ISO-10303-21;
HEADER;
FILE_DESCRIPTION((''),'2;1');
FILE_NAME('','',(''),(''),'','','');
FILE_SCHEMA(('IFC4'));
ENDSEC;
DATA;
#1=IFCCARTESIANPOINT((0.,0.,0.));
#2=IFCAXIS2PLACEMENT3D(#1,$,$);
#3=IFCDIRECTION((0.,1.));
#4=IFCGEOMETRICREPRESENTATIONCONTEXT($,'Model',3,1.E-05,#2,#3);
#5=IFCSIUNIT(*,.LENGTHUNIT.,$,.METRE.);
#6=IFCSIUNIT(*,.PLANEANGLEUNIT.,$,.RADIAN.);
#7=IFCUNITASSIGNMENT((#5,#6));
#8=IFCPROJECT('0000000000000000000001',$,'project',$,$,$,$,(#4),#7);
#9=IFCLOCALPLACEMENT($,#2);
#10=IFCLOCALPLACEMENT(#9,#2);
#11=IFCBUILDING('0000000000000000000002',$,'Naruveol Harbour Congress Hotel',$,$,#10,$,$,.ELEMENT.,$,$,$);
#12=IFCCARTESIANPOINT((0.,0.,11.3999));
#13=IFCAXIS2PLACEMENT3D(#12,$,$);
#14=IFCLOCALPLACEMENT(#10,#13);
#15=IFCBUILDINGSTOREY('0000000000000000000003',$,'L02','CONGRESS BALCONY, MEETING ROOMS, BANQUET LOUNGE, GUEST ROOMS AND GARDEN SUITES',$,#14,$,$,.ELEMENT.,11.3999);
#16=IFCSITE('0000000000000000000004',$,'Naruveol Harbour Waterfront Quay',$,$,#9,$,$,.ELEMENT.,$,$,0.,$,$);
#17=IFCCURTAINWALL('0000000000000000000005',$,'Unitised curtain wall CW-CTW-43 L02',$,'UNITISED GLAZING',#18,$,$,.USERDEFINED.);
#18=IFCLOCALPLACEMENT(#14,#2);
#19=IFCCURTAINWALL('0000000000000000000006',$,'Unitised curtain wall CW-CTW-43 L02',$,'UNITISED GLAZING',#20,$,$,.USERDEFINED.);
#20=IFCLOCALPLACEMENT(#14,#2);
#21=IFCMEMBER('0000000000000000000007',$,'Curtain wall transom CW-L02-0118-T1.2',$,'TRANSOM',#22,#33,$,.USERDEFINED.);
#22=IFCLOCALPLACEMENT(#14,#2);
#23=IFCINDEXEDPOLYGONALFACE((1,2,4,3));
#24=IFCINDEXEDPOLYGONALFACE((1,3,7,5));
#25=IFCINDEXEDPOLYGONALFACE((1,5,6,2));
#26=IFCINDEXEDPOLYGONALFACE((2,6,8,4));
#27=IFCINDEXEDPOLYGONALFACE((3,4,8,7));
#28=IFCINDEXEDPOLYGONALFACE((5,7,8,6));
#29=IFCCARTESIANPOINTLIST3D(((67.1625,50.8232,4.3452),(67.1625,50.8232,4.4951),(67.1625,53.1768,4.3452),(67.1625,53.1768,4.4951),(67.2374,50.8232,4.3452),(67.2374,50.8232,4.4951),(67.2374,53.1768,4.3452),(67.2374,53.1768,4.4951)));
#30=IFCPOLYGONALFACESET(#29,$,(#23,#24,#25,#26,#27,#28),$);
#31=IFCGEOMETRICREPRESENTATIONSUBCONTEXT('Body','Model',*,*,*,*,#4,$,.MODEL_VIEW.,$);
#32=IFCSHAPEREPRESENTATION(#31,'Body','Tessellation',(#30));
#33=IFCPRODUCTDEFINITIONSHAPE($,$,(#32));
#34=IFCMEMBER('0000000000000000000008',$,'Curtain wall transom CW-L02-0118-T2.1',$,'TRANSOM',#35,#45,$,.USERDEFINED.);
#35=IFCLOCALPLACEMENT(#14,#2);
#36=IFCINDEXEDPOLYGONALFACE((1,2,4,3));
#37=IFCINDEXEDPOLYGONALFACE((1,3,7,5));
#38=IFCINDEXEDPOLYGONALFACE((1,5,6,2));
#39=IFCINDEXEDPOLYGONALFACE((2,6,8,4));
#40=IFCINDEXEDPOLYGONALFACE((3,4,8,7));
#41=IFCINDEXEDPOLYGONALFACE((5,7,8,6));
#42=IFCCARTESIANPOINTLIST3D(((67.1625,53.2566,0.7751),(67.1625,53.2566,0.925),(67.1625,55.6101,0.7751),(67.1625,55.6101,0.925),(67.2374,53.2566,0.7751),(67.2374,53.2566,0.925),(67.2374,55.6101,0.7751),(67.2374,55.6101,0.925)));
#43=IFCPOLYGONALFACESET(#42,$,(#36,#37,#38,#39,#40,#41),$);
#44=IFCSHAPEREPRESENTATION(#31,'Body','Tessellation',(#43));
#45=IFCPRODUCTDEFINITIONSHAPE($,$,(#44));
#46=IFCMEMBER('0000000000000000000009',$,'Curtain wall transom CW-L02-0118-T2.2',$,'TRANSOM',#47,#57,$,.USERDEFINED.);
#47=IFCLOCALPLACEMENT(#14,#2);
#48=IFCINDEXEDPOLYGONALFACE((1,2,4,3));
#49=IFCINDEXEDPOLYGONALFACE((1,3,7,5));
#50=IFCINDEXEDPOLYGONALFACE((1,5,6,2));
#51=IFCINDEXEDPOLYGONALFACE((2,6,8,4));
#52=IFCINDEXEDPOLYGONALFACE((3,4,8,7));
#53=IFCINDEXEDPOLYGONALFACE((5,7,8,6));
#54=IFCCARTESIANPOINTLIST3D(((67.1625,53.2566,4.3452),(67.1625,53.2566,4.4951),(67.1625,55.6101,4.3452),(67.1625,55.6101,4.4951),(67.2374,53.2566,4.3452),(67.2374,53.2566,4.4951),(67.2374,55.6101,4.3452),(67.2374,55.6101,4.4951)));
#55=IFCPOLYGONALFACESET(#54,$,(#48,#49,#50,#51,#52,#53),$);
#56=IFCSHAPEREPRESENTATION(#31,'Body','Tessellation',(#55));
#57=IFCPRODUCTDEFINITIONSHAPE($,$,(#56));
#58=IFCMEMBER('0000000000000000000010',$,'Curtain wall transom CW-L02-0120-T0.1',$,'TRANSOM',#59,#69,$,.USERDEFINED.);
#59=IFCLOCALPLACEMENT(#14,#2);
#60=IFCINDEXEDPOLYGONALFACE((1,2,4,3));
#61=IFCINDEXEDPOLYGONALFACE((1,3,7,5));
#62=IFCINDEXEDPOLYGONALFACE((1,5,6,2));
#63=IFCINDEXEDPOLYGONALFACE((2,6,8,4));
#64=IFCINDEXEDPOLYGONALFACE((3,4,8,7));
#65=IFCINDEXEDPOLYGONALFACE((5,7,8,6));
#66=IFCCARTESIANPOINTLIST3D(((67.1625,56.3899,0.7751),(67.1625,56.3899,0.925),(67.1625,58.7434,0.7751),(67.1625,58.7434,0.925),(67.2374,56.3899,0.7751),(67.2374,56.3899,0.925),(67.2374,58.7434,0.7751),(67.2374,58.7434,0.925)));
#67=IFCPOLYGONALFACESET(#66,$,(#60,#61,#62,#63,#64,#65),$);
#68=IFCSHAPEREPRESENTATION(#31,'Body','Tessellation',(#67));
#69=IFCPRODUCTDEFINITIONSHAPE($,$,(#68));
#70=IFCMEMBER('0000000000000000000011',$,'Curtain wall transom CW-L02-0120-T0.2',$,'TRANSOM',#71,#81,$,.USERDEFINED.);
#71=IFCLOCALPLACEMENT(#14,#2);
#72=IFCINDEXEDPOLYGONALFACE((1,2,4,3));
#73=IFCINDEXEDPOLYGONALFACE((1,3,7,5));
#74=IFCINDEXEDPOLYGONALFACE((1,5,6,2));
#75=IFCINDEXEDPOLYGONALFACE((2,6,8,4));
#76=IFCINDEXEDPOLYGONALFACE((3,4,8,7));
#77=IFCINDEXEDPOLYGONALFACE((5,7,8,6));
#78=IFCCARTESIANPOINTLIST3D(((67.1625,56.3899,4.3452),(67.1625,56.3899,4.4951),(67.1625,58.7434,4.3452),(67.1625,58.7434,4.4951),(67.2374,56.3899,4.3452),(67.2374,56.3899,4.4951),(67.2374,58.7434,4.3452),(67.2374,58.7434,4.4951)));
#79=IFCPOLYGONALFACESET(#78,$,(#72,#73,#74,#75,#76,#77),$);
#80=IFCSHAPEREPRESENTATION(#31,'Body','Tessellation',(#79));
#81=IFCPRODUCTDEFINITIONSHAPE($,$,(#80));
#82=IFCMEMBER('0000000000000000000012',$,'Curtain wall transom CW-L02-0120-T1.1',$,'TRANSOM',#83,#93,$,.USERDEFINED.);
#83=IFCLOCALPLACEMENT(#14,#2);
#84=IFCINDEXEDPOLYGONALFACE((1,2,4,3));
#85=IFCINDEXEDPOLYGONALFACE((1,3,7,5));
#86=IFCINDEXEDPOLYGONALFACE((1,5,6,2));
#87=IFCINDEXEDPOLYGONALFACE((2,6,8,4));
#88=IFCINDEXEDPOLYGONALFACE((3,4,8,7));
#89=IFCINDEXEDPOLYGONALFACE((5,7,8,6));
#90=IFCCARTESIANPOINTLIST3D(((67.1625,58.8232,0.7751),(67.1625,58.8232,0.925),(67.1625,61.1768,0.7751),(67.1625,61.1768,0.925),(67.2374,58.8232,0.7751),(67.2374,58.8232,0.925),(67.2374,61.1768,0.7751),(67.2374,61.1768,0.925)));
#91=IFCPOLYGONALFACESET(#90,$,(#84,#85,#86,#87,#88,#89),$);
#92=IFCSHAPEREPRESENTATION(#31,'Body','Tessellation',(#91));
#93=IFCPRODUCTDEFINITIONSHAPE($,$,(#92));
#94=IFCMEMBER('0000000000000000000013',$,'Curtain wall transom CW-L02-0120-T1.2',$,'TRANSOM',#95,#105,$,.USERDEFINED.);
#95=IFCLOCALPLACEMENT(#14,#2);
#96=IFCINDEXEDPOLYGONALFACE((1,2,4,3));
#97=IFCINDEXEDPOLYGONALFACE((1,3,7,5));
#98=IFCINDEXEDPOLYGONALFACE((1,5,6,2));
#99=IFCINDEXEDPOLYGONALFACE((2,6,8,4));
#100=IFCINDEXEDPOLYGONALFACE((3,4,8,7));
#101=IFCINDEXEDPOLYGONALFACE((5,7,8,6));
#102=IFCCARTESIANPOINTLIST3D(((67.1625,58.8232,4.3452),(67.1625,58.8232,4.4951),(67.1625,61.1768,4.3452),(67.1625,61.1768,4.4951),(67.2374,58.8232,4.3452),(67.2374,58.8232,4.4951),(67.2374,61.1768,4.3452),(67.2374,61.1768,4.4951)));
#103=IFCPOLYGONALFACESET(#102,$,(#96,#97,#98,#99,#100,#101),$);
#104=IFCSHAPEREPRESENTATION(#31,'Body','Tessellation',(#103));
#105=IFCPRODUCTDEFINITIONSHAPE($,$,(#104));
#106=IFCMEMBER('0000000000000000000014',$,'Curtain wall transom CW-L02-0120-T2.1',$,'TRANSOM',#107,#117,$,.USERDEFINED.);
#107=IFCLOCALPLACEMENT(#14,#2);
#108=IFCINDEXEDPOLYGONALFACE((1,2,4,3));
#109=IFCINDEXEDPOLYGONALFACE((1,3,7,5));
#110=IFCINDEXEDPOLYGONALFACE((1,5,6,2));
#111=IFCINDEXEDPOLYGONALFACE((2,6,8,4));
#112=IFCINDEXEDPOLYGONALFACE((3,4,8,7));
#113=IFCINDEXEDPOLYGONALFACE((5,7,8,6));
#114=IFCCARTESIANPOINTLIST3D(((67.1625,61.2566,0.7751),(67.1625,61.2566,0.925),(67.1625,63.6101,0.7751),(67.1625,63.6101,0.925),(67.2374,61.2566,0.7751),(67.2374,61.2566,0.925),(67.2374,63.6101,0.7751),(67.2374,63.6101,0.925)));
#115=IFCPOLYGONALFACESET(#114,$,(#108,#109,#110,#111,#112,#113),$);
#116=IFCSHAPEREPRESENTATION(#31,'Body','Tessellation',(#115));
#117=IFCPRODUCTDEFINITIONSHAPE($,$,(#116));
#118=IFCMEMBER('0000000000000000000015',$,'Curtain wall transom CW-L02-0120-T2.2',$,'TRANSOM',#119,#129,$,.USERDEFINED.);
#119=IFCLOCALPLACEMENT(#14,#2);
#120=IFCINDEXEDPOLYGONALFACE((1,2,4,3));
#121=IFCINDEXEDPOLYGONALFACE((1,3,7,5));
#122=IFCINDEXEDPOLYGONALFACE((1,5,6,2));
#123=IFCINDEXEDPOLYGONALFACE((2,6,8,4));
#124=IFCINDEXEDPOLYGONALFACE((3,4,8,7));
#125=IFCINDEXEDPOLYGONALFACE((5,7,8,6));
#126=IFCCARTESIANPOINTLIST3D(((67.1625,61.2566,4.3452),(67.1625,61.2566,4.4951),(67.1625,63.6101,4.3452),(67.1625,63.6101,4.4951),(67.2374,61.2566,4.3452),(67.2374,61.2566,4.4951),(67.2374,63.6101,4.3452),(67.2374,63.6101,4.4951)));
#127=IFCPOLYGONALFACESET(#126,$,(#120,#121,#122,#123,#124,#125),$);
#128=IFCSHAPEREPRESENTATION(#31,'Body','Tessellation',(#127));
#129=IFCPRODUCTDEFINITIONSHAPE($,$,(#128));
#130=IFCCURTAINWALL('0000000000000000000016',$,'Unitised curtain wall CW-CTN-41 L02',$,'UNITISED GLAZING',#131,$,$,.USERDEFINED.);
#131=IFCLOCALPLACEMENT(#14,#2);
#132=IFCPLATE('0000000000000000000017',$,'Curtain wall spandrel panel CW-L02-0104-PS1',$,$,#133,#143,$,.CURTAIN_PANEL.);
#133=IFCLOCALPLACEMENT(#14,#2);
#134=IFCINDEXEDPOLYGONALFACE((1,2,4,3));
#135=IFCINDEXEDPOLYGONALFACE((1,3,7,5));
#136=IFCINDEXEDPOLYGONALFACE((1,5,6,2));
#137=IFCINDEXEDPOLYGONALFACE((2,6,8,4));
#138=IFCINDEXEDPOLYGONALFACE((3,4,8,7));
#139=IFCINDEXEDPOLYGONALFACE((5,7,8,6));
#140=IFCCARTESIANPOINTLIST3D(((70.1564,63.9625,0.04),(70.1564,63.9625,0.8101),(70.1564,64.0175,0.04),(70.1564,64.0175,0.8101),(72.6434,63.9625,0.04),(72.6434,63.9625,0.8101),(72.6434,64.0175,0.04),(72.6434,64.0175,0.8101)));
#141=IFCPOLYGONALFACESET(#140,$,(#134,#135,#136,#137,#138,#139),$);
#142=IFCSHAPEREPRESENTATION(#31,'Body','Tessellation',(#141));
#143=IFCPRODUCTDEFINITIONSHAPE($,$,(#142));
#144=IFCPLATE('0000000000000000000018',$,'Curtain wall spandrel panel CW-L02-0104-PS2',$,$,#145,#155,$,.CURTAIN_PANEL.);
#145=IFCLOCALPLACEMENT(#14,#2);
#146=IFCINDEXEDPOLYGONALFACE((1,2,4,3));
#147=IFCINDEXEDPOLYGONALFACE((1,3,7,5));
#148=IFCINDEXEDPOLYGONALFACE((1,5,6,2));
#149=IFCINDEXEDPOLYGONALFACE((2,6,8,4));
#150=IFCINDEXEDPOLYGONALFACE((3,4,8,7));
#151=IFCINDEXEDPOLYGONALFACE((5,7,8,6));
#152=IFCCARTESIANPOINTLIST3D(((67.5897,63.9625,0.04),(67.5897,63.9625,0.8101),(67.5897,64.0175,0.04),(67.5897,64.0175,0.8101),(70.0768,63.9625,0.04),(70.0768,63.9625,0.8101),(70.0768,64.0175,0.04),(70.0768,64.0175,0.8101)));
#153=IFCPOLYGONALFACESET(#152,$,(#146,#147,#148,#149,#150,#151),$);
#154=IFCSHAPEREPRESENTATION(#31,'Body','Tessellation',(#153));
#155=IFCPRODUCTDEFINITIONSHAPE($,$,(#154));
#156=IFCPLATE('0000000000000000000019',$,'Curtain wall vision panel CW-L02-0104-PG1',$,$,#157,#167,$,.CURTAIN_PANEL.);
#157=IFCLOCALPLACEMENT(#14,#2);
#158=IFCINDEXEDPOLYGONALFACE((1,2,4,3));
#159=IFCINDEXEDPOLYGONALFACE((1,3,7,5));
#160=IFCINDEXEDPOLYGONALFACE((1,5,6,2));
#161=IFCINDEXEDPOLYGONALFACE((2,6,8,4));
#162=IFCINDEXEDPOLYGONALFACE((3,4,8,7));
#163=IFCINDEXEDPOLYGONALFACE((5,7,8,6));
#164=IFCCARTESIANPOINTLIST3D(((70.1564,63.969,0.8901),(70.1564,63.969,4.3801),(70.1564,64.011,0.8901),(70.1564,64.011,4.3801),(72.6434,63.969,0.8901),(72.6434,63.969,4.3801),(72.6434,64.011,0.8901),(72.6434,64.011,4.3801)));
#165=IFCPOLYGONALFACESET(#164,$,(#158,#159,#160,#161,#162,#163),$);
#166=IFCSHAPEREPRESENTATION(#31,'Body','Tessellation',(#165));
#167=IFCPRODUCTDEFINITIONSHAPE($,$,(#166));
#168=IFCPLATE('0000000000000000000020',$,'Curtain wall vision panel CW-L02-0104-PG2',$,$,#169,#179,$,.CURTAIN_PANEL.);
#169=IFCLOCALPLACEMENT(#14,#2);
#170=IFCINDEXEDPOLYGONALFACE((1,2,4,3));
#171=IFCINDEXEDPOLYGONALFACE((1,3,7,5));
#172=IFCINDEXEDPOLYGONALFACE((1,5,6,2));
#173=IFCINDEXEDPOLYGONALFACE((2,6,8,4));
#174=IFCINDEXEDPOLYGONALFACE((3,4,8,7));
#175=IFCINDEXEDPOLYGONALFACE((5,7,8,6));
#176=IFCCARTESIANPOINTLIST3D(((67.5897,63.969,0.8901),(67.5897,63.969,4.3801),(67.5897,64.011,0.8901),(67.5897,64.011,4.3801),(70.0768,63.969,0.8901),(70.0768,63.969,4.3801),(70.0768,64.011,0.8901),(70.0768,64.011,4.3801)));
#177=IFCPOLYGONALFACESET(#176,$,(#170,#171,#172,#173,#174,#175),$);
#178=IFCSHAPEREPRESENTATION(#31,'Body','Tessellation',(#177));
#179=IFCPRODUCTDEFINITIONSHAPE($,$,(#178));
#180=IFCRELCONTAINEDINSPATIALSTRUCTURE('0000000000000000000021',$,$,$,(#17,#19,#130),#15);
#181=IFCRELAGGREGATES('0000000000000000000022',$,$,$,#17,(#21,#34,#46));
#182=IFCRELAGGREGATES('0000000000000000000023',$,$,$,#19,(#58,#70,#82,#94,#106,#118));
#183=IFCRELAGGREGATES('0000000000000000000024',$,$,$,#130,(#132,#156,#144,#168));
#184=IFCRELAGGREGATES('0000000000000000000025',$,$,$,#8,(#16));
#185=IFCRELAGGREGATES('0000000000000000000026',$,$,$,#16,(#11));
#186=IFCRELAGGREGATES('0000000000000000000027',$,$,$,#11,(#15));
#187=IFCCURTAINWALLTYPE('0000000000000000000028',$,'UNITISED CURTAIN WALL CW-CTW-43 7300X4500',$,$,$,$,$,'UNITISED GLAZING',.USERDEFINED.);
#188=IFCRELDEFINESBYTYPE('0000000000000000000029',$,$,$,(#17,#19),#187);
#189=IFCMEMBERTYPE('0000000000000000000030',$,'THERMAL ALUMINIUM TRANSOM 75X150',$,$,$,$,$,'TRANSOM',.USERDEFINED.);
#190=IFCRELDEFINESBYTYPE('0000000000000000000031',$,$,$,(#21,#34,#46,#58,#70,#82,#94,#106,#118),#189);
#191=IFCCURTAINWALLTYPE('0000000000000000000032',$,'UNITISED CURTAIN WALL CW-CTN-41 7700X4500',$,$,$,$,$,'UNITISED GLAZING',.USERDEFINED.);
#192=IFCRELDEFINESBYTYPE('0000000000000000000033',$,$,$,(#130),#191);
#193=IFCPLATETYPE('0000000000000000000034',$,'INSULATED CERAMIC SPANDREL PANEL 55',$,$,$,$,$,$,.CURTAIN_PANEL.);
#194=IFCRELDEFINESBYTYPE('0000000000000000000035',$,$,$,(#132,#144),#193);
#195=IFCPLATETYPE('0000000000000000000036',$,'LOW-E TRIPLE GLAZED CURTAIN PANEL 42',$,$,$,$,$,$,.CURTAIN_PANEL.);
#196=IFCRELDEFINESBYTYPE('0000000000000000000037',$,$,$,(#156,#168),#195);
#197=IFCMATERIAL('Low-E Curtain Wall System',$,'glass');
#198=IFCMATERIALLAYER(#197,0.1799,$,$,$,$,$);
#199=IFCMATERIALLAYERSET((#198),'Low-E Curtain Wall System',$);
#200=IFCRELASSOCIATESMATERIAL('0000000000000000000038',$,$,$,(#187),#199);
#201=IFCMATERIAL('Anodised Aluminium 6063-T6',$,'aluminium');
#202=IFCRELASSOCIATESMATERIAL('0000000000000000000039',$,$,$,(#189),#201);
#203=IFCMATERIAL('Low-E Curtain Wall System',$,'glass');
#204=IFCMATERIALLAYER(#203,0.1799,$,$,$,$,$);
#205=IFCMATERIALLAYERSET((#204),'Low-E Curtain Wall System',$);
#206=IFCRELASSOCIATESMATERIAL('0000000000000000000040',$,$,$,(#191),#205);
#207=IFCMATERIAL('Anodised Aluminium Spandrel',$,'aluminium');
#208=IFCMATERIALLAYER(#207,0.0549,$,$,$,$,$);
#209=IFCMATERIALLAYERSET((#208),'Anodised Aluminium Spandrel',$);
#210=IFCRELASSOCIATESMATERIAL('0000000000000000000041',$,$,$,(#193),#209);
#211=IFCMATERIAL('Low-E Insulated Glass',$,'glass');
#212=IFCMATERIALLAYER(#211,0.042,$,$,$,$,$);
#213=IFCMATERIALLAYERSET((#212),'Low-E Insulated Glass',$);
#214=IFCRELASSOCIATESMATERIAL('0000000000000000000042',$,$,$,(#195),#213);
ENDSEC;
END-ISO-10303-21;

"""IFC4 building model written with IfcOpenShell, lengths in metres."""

from ifc_helpers import new_model, si_unit, direction, frame, origin, origin_2d, place, context, subcontext, project, spatial, rectangle, extrude, material, layer, layer_set, material_profile, profile_set, type_object, element, aggregate, save


model = new_model("IFC4")

# Units and contexts
model_context = context("Model", 3, precision=1e-05, world=origin(), true_north=direction((0.0, 1.0)))
body_context = subcontext(model_context, "Body", "Model", "MODEL_VIEW")
ifc_project = project(units=[si_unit("LENGTHUNIT", "METRE"), si_unit("PLANEANGLEUNIT", "RADIAN")], contexts=[model_context])

# Site, building, storey
site_placement = place(None, origin())
site = spatial("IfcSite", under=ifc_project, at=site_placement, Name="Naruveol Harbour Waterfront Quay", CompositionType="ELEMENT", RefElevation=0.0)
building_placement = place(site_placement, origin())
building = spatial("IfcBuilding", under=site, at=building_placement, Name="Naruveol Harbour Congress Hotel", CompositionType="ELEMENT")
storey_placement = place(building_placement, frame((0.0, 0.0, 11.3999)))
storey = spatial("IfcBuildingStorey", under=building, at=storey_placement, Name="L02", Description="CONGRESS BALCONY, MEETING ROOMS, BANQUET LOUNGE, GUEST ROOMS AND GARDEN SUITES", CompositionType="ELEMENT", Elevation=11.3999)

# Curtain walls
ifc_material_1 = material(Name="Low-E Curtain Wall System", Category="glass")
ifc_layer_1 = layer(ifc_material_1, 0.1799)
ifc_layer_set_1 = layer_set([ifc_layer_1], Name="Low-E Curtain Wall System")
curtain_wall_type_1 = type_object("IfcCurtainWallType", Name="UNITISED CURTAIN WALL CW-CTW-43 7300X4500", ElementType="UNITISED GLAZING", PredefinedType="USERDEFINED", material=ifc_layer_set_1)
curtain_wall_1_placement = place(storey_placement, origin())
curtain_wall_1 = element("IfcCurtainWall", 1, at=curtain_wall_1_placement, inside=storey, type_object=curtain_wall_type_1, Name="Unitised curtain wall CW-CTW-43 L02", ObjectType="UNITISED GLAZING", PredefinedType="USERDEFINED")
curtain_wall_2_placement = place(storey_placement, origin())
curtain_wall_2 = element("IfcCurtainWall", 2, at=curtain_wall_2_placement, inside=storey, type_object=curtain_wall_type_1, Name="Unitised curtain wall CW-CTW-43 L02", ObjectType="UNITISED GLAZING", PredefinedType="USERDEFINED")

# Members
ifc_material_2 = material(Name="Anodised Aluminium 6063-T6", Category="aluminium")
ifc_material_profile_1 = material_profile(ifc_material_2, rectangle(XDim=0.075, YDim=0.1499, at=origin_2d()), Name="ALU-75x150")
ifc_profile_set_1 = profile_set([ifc_material_profile_1], Name="Anodised Aluminium 6063-T6")
member_type_1 = type_object("IfcMemberType", Name="THERMAL ALUMINIUM TRANSOM 75X150", ElementType="TRANSOM", PredefinedType="USERDEFINED", material=ifc_profile_set_1)
member_1_placement = place(storey_placement, frame((67.2, 50.8232, 4.4202), z_axis=(0.0, 1.0, 0.0), x_axis=(-1.0, 0.0, 0.0)))
member_1 = element("IfcMember", 3, at=member_1_placement, type_object=member_type_1, Name="Curtain wall transom CW-L02-0118-T1.2", ObjectType="TRANSOM", PredefinedType="USERDEFINED", context=body_context, shape_type="SweptSolid", body=[
    extrude(rectangle(XDim=0.075, YDim=0.1499, at=origin_2d()), origin(), (0.0, 0.0, 1.0), 2.3535),
])
member_2_placement = place(storey_placement, frame((67.2, 53.2566, 0.8501), z_axis=(0.0, 1.0, 0.0), x_axis=(-1.0, 0.0, 0.0)))
member_2 = element("IfcMember", 4, at=member_2_placement, type_object=member_type_1, Name="Curtain wall transom CW-L02-0118-T2.1", ObjectType="TRANSOM", PredefinedType="USERDEFINED", context=body_context, shape_type="SweptSolid", body=[
    extrude(rectangle(XDim=0.075, YDim=0.1499, at=origin_2d()), origin(), (0.0, 0.0, 1.0), 2.3535),
])
member_3_placement = place(storey_placement, frame((67.2, 53.2566, 4.4202), z_axis=(0.0, 1.0, 0.0), x_axis=(-1.0, 0.0, 0.0)))
member_3 = element("IfcMember", 5, at=member_3_placement, type_object=member_type_1, Name="Curtain wall transom CW-L02-0118-T2.2", ObjectType="TRANSOM", PredefinedType="USERDEFINED", context=body_context, shape_type="SweptSolid", body=[
    extrude(rectangle(XDim=0.075, YDim=0.1499, at=origin_2d()), origin(), (0.0, 0.0, 1.0), 2.3535),
])
aggregate(curtain_wall_1, [member_1, member_2, member_3])
member_4_placement = place(storey_placement, frame((67.2, 56.3899, 0.8501), z_axis=(0.0, 1.0, 0.0), x_axis=(-1.0, 0.0, 0.0)))
member_4 = element("IfcMember", 6, at=member_4_placement, type_object=member_type_1, Name="Curtain wall transom CW-L02-0120-T0.1", ObjectType="TRANSOM", PredefinedType="USERDEFINED", context=body_context, shape_type="SweptSolid", body=[
    extrude(rectangle(XDim=0.075, YDim=0.1499, at=origin_2d()), origin(), (0.0, 0.0, 1.0), 2.3535),
])
member_5_placement = place(storey_placement, frame((67.2, 56.3899, 4.4202), z_axis=(0.0, 1.0, 0.0), x_axis=(-1.0, 0.0, 0.0)))
member_5 = element("IfcMember", 7, at=member_5_placement, type_object=member_type_1, Name="Curtain wall transom CW-L02-0120-T0.2", ObjectType="TRANSOM", PredefinedType="USERDEFINED", context=body_context, shape_type="SweptSolid", body=[
    extrude(rectangle(XDim=0.075, YDim=0.1499, at=origin_2d()), origin(), (0.0, 0.0, 1.0), 2.3535),
])
member_6_placement = place(storey_placement, frame((67.2, 58.8232, 0.8501), z_axis=(0.0, 1.0, 0.0), x_axis=(-1.0, 0.0, 0.0)))
member_6 = element("IfcMember", 8, at=member_6_placement, type_object=member_type_1, Name="Curtain wall transom CW-L02-0120-T1.1", ObjectType="TRANSOM", PredefinedType="USERDEFINED", context=body_context, shape_type="SweptSolid", body=[
    extrude(rectangle(XDim=0.075, YDim=0.1499, at=origin_2d()), origin(), (0.0, 0.0, 1.0), 2.3535),
])
member_7_placement = place(storey_placement, frame((67.2, 58.8232, 4.4202), z_axis=(0.0, 1.0, 0.0), x_axis=(-1.0, 0.0, 0.0)))
member_7 = element("IfcMember", 9, at=member_7_placement, type_object=member_type_1, Name="Curtain wall transom CW-L02-0120-T1.2", ObjectType="TRANSOM", PredefinedType="USERDEFINED", context=body_context, shape_type="SweptSolid", body=[
    extrude(rectangle(XDim=0.075, YDim=0.1499, at=origin_2d()), origin(), (0.0, 0.0, 1.0), 2.3535),
])
member_8_placement = place(storey_placement, frame((67.2, 61.2566, 0.8501), z_axis=(0.0, 1.0, 0.0), x_axis=(-1.0, 0.0, 0.0)))
member_8 = element("IfcMember", 10, at=member_8_placement, type_object=member_type_1, Name="Curtain wall transom CW-L02-0120-T2.1", ObjectType="TRANSOM", PredefinedType="USERDEFINED", context=body_context, shape_type="SweptSolid", body=[
    extrude(rectangle(XDim=0.075, YDim=0.1499, at=origin_2d()), origin(), (0.0, 0.0, 1.0), 2.3535),
])
member_9_placement = place(storey_placement, frame((67.2, 61.2566, 4.4202), z_axis=(0.0, 1.0, 0.0), x_axis=(-1.0, 0.0, 0.0)))
member_9 = element("IfcMember", 11, at=member_9_placement, type_object=member_type_1, Name="Curtain wall transom CW-L02-0120-T2.2", ObjectType="TRANSOM", PredefinedType="USERDEFINED", context=body_context, shape_type="SweptSolid", body=[
    extrude(rectangle(XDim=0.075, YDim=0.1499, at=origin_2d()), origin(), (0.0, 0.0, 1.0), 2.3535),
])
aggregate(curtain_wall_2, [member_4, member_5, member_6, member_7, member_8, member_9])

# Curtain wall, plates
ifc_material_3 = material(Name="Low-E Curtain Wall System", Category="glass")
ifc_layer_2 = layer(ifc_material_3, 0.1799)
ifc_layer_set_2 = layer_set([ifc_layer_2], Name="Low-E Curtain Wall System")
curtain_wall_type_2 = type_object("IfcCurtainWallType", Name="UNITISED CURTAIN WALL CW-CTN-41 7700X4500", ElementType="UNITISED GLAZING", PredefinedType="USERDEFINED", material=ifc_layer_set_2)
curtain_wall_3_placement = place(storey_placement, origin())
curtain_wall_3 = element("IfcCurtainWall", 12, at=curtain_wall_3_placement, inside=storey, type_object=curtain_wall_type_2, Name="Unitised curtain wall CW-CTN-41 L02", ObjectType="UNITISED GLAZING", PredefinedType="USERDEFINED")
ifc_material_4 = material(Name="Anodised Aluminium Spandrel", Category="aluminium")
ifc_layer_3 = layer(ifc_material_4, 0.0549)
ifc_layer_set_3 = layer_set([ifc_layer_3], Name="Anodised Aluminium Spandrel")
plate_type_1 = type_object("IfcPlateType", Name="INSULATED CERAMIC SPANDREL PANEL 55", PredefinedType="CURTAIN_PANEL", material=ifc_layer_set_3)
plate_1_placement = place(storey_placement, frame((71.3999, 63.99, 0.04), z_axis=(0.0, 0.0, 1.0), x_axis=(-1.0, 0.0, 0.0)))
plate_1 = element("IfcPlate", 13, at=plate_1_placement, type_object=plate_type_1, Name="Curtain wall spandrel panel CW-L02-0104-PS1", PredefinedType="CURTAIN_PANEL", context=body_context, shape_type="SweptSolid", body=[
    extrude(rectangle(XDim=2.4871, YDim=0.0549, at=origin_2d()), origin(), (0.0, 0.0, 1.0), 0.77),
])
plate_2_placement = place(storey_placement, frame((68.8333, 63.99, 0.04), z_axis=(0.0, 0.0, 1.0), x_axis=(-1.0, 0.0, 0.0)))
plate_2 = element("IfcPlate", 14, at=plate_2_placement, type_object=plate_type_1, Name="Curtain wall spandrel panel CW-L02-0104-PS2", PredefinedType="CURTAIN_PANEL", context=body_context, shape_type="SweptSolid", body=[
    extrude(rectangle(XDim=2.4871, YDim=0.0549, at=origin_2d()), origin(), (0.0, 0.0, 1.0), 0.77),
])
ifc_material_5 = material(Name="Low-E Insulated Glass", Category="glass")
ifc_layer_4 = layer(ifc_material_5, 0.042)
ifc_layer_set_4 = layer_set([ifc_layer_4], Name="Low-E Insulated Glass")
plate_type_2 = type_object("IfcPlateType", Name="LOW-E TRIPLE GLAZED CURTAIN PANEL 42", PredefinedType="CURTAIN_PANEL", material=ifc_layer_set_4)
plate_3_placement = place(storey_placement, frame((71.3999, 63.99, 0.8901), z_axis=(0.0, 0.0, 1.0), x_axis=(-1.0, 0.0, 0.0)))
plate_3 = element("IfcPlate", 15, at=plate_3_placement, type_object=plate_type_2, Name="Curtain wall vision panel CW-L02-0104-PG1", PredefinedType="CURTAIN_PANEL", context=body_context, shape_type="SweptSolid", body=[
    extrude(rectangle(XDim=2.4871, YDim=0.042, at=origin_2d()), origin(), (0.0, 0.0, 1.0), 3.49),
])
plate_4_placement = place(storey_placement, frame((68.8333, 63.99, 0.8901), z_axis=(0.0, 0.0, 1.0), x_axis=(-1.0, 0.0, 0.0)))
plate_4 = element("IfcPlate", 16, at=plate_4_placement, type_object=plate_type_2, Name="Curtain wall vision panel CW-L02-0104-PG2", PredefinedType="CURTAIN_PANEL", context=body_context, shape_type="SweptSolid", body=[
    extrude(rectangle(XDim=2.4871, YDim=0.042, at=origin_2d()), origin(), (0.0, 0.0, 1.0), 3.49),
])
aggregate(curtain_wall_3, [plate_1, plate_3, plate_2, plate_4])

save(model, "model.ifc")
